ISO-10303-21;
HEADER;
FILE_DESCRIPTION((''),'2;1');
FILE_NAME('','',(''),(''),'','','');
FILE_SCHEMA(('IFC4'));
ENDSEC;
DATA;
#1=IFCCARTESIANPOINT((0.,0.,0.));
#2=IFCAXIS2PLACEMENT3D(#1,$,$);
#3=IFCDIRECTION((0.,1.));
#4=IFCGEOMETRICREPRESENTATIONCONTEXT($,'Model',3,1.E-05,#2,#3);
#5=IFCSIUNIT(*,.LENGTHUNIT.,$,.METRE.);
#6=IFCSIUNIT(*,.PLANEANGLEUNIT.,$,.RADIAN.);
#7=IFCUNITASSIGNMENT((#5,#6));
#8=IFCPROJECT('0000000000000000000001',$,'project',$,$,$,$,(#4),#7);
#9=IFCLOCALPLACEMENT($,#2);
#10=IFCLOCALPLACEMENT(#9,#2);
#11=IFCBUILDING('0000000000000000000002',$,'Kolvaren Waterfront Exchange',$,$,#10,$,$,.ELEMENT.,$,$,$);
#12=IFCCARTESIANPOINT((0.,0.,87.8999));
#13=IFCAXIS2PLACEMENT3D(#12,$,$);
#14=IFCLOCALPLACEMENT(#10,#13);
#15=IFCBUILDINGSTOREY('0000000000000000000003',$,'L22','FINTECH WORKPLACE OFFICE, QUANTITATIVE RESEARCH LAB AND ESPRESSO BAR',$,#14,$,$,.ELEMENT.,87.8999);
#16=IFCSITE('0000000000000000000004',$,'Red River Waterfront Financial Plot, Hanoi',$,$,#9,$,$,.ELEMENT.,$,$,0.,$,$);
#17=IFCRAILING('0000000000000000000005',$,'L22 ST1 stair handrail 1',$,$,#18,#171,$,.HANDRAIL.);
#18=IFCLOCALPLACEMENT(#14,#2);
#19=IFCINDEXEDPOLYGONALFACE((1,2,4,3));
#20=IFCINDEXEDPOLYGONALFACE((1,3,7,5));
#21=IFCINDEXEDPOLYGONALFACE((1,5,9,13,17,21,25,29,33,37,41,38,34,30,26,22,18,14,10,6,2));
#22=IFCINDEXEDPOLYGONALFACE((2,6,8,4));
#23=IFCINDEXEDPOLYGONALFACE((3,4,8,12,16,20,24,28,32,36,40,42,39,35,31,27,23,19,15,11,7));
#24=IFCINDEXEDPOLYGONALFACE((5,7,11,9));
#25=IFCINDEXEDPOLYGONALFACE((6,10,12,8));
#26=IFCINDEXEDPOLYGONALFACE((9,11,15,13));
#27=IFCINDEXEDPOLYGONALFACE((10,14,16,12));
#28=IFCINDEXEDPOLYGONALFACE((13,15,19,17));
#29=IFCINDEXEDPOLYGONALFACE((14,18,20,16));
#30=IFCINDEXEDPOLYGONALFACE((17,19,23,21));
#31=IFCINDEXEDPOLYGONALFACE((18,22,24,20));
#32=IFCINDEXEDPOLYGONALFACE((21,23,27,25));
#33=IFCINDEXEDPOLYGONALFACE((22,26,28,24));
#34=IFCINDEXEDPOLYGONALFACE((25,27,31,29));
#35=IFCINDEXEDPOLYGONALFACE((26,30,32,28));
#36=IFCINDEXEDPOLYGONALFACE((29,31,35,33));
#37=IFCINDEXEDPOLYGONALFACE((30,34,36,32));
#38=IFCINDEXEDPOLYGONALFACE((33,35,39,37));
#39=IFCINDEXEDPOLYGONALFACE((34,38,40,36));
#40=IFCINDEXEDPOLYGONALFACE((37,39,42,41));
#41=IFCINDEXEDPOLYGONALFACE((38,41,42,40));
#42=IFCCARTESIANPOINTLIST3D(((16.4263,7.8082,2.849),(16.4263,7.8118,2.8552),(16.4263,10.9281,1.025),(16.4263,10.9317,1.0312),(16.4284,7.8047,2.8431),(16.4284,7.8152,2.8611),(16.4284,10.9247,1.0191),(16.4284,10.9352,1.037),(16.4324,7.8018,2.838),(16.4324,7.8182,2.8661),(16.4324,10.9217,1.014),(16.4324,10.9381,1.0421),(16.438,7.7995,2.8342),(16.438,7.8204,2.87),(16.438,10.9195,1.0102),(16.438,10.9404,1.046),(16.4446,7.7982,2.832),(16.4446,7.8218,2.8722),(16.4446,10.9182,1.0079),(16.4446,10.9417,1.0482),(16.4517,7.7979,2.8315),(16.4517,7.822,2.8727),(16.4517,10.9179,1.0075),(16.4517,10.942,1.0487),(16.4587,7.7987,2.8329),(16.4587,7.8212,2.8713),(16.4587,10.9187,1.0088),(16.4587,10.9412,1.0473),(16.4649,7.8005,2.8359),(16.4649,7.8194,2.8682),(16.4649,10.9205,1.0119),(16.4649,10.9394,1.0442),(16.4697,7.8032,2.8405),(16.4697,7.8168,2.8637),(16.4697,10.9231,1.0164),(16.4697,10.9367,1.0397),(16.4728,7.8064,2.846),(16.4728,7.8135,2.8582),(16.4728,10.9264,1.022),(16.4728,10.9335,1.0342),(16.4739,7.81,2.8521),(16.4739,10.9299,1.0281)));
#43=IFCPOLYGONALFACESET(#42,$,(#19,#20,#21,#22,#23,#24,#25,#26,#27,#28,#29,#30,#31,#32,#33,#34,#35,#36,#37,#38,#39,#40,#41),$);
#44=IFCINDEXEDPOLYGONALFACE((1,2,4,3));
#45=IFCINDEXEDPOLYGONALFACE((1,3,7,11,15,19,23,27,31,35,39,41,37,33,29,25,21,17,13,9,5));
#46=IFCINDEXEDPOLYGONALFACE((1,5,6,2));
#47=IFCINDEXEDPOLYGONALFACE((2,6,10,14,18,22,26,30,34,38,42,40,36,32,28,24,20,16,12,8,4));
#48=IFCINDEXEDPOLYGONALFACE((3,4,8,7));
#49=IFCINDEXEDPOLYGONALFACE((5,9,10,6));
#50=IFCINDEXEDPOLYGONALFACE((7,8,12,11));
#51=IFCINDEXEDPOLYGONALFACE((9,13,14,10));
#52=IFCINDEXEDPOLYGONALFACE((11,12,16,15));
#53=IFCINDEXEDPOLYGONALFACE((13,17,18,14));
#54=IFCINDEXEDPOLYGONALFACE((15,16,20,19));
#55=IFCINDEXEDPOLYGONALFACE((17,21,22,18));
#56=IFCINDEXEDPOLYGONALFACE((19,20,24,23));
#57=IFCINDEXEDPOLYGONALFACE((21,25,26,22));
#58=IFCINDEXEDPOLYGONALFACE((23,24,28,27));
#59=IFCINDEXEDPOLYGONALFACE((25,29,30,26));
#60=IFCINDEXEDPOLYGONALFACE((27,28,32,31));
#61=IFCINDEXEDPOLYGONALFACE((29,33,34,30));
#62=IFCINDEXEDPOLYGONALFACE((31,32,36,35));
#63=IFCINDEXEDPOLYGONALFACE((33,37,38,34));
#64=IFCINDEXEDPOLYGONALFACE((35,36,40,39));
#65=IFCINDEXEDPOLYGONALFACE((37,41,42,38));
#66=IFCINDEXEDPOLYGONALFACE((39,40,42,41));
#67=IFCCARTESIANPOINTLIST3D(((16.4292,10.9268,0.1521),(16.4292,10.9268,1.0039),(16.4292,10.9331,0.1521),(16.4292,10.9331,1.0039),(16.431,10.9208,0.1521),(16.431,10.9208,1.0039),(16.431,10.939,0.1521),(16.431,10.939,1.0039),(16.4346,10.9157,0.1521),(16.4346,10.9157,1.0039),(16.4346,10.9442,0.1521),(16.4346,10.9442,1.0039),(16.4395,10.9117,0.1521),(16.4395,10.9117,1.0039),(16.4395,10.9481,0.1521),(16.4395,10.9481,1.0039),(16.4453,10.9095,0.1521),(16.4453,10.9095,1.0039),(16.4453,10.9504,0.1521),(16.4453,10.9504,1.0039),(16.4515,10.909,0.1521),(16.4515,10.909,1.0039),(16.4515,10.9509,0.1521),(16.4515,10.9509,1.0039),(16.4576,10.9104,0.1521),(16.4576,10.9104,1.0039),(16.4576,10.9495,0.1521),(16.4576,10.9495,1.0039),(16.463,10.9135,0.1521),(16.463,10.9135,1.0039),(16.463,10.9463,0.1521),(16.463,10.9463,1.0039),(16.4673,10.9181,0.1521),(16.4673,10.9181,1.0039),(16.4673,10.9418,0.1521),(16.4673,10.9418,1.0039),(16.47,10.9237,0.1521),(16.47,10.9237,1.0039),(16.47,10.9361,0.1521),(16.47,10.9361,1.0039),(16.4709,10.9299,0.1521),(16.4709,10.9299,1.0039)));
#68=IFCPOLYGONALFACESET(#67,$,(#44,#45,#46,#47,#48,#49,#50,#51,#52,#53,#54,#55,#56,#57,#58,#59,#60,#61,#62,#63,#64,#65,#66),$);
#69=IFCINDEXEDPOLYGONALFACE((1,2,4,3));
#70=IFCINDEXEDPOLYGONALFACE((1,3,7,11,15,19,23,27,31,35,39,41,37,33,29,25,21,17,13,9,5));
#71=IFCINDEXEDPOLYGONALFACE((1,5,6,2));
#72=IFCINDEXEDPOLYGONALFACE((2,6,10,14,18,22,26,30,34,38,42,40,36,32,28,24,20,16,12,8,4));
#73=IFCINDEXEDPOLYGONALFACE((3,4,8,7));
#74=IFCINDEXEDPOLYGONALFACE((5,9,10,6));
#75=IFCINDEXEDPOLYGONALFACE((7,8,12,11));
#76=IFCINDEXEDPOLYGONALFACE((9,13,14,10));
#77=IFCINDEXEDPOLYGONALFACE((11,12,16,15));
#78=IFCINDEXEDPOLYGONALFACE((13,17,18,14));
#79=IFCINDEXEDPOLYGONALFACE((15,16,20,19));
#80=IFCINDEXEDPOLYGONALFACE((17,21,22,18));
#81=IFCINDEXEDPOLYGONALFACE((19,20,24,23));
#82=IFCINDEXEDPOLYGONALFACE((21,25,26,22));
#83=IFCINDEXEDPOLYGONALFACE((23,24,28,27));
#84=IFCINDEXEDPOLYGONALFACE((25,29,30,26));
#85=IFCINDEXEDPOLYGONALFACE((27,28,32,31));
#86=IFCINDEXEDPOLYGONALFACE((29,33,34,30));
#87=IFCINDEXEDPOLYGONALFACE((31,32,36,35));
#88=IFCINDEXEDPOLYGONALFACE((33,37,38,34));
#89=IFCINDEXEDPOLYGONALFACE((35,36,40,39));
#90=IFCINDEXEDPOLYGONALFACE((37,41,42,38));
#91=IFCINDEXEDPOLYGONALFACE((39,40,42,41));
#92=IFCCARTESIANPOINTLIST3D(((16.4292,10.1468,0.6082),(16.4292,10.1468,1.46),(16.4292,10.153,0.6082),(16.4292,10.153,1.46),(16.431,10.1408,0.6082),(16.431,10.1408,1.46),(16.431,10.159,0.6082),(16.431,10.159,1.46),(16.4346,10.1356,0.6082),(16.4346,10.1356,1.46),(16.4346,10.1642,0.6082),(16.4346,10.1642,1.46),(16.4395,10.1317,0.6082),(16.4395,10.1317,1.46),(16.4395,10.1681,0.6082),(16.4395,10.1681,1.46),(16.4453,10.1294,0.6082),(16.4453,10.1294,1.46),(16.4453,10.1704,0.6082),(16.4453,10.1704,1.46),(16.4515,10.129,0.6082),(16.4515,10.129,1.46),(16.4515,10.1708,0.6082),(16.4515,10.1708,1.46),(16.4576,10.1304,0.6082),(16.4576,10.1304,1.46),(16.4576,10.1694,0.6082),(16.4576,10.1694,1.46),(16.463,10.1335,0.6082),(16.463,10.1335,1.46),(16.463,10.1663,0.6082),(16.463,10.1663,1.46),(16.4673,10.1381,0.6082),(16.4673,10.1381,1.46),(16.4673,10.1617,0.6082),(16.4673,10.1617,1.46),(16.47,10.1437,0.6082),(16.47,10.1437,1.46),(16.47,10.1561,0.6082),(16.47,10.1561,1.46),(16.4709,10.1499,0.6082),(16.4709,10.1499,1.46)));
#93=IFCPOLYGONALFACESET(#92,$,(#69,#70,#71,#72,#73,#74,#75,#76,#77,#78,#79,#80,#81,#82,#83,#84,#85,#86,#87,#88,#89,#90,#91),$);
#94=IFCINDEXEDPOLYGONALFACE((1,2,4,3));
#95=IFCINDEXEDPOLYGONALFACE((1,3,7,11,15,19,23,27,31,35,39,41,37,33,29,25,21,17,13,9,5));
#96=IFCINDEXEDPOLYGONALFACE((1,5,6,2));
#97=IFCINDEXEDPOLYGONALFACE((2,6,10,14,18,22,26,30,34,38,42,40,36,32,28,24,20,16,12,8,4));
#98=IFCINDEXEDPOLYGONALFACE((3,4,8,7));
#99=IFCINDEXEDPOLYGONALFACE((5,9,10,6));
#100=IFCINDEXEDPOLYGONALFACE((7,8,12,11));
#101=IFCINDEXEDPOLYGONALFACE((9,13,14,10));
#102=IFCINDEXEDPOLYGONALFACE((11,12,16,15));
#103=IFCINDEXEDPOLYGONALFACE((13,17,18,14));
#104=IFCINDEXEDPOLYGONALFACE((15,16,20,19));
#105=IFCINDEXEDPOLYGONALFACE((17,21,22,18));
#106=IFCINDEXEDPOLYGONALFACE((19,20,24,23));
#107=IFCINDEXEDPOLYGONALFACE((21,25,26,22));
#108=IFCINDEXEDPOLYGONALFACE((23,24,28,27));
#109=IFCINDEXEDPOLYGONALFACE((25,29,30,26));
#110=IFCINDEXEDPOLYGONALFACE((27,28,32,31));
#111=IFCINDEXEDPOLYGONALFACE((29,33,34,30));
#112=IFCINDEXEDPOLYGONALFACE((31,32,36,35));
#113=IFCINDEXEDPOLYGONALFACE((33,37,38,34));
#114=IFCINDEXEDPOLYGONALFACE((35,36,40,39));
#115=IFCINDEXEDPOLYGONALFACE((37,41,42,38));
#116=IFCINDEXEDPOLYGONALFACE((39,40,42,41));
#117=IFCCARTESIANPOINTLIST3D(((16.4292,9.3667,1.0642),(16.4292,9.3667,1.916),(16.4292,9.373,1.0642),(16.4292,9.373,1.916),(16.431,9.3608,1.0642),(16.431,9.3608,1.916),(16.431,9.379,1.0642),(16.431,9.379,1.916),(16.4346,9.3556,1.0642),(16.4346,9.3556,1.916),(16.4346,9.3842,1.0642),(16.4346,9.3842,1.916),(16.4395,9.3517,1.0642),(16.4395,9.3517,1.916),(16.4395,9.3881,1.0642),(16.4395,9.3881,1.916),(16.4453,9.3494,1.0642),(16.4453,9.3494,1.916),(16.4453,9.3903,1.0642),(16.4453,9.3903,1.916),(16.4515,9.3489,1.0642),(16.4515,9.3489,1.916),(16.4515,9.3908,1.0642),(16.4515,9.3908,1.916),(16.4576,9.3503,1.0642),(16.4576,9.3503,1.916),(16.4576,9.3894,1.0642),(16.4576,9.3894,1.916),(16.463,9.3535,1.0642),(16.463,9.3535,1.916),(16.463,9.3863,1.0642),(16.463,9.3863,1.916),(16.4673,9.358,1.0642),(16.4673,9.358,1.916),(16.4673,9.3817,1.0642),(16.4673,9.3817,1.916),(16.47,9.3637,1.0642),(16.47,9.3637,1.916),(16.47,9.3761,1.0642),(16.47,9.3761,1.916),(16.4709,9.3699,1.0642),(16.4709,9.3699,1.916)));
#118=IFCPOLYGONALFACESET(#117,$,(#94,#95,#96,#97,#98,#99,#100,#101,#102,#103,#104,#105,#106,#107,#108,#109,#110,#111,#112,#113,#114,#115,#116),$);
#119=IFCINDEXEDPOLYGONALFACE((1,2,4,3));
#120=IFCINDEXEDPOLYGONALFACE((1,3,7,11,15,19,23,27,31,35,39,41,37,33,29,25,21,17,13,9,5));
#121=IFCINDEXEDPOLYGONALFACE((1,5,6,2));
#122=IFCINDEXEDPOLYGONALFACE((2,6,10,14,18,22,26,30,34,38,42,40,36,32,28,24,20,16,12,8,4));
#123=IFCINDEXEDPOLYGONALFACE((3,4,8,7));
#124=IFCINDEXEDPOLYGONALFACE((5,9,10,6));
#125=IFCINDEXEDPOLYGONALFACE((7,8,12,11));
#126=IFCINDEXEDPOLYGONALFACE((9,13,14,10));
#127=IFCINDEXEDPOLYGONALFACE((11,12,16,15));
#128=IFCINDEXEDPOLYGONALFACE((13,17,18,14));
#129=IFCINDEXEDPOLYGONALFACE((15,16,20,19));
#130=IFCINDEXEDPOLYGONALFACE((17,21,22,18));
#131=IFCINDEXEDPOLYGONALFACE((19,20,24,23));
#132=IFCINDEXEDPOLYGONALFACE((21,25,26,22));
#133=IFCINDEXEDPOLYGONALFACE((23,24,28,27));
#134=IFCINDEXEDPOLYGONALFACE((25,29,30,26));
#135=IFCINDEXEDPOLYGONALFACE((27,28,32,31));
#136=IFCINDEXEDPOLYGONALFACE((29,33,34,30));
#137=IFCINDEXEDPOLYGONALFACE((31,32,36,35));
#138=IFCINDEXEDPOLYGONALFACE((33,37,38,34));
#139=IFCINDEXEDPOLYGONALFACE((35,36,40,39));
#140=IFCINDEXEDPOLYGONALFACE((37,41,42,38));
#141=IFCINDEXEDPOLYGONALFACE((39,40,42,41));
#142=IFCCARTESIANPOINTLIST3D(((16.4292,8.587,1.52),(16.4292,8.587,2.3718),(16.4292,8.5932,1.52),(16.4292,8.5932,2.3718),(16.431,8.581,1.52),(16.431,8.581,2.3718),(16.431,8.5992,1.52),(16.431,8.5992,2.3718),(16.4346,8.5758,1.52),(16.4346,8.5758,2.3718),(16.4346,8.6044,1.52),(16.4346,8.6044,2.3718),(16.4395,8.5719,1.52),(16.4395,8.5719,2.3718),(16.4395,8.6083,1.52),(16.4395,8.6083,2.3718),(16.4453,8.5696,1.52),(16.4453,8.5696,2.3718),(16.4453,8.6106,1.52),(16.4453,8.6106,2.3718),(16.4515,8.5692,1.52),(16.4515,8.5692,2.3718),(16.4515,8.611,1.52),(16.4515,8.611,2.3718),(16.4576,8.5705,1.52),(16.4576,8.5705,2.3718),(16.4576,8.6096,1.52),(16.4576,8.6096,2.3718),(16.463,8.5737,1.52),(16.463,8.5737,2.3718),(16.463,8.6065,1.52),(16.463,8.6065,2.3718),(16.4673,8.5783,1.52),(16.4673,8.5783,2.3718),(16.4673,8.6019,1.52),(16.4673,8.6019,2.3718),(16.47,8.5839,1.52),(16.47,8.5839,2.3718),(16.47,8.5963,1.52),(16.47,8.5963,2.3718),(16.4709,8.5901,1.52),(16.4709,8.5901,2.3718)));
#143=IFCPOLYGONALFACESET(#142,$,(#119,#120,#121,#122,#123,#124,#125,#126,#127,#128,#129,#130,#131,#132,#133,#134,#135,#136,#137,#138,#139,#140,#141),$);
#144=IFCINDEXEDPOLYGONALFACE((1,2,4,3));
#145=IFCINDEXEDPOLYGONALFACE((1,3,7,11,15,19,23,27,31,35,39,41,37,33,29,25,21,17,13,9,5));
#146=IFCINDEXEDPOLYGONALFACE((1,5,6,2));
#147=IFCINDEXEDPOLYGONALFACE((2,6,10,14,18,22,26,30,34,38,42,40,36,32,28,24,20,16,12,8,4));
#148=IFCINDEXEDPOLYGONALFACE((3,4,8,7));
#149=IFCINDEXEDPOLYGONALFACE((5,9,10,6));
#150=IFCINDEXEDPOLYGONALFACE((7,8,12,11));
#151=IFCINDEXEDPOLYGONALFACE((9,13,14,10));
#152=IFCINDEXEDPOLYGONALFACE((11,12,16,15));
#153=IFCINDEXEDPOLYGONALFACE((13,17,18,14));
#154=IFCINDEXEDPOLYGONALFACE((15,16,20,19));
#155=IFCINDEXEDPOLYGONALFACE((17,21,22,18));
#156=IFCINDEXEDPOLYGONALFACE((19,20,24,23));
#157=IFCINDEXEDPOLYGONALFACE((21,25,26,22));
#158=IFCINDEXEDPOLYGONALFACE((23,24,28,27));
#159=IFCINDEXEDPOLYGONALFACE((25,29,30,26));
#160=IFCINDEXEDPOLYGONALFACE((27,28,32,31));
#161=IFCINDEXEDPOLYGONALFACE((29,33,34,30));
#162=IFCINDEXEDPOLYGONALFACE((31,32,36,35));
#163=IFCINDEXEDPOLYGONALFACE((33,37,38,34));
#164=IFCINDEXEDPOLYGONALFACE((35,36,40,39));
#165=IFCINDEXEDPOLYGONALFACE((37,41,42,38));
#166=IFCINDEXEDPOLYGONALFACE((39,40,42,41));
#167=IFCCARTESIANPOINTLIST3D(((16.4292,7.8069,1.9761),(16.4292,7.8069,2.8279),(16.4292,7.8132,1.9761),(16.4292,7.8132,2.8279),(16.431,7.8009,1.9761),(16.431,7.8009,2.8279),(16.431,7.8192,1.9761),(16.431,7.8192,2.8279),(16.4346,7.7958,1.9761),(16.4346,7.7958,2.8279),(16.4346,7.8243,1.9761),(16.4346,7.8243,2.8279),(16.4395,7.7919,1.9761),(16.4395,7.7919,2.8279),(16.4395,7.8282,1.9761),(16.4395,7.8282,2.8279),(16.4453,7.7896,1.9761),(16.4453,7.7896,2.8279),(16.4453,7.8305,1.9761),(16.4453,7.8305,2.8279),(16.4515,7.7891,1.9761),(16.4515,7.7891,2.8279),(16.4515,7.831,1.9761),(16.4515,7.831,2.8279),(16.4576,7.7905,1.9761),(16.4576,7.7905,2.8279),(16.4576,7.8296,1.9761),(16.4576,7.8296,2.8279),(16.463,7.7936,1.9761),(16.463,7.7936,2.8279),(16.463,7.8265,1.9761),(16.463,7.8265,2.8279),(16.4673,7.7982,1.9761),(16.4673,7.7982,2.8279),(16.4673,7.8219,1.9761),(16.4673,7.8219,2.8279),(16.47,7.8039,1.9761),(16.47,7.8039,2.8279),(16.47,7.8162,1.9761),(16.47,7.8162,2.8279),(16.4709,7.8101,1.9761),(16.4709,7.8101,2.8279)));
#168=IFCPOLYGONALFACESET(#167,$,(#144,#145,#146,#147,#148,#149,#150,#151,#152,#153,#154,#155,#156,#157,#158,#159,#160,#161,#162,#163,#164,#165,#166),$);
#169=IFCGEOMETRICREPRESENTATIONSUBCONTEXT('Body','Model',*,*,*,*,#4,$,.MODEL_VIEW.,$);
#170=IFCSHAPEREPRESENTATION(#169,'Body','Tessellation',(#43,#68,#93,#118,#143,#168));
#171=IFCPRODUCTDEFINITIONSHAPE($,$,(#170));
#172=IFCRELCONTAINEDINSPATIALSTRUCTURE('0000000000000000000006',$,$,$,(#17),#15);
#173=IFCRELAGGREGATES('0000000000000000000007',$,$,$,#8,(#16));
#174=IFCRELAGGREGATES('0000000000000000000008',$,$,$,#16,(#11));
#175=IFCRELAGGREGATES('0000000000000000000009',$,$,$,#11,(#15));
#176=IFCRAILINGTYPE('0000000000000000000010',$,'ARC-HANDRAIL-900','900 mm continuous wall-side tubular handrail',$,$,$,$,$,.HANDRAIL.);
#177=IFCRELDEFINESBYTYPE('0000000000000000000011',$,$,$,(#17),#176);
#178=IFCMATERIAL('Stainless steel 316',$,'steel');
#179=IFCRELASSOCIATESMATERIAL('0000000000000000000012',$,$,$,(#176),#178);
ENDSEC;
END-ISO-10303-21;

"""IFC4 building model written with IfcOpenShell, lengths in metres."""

from ifc_helpers import new_model, si_unit, direction, frame, origin, origin_2d, place, context, subcontext, project, spatial, circle, extrude, material, type_object, element, save


model = new_model("IFC4")

# Units and contexts
model_context = context("Model", 3, precision=1e-05, world=origin(), true_north=direction((0.0, 1.0)))
body_context = subcontext(model_context, "Body", "Model", "MODEL_VIEW")
ifc_project = project(units=[si_unit("LENGTHUNIT", "METRE"), si_unit("PLANEANGLEUNIT", "RADIAN")], contexts=[model_context])

# Site, building, storey
site_placement = place(None, origin())
site = spatial("IfcSite", under=ifc_project, at=site_placement, Name="Red River Waterfront Financial Plot, Hanoi", CompositionType="ELEMENT", RefElevation=0.0)
building_placement = place(site_placement, origin())
building = spatial("IfcBuilding", under=site, at=building_placement, Name="Kolvaren Waterfront Exchange", CompositionType="ELEMENT")
storey_placement = place(building_placement, frame((0.0, 0.0, 87.8999)))
storey = spatial("IfcBuildingStorey", under=building, at=storey_placement, Name="L22", Description="FINTECH WORKPLACE OFFICE, QUANTITATIVE RESEARCH LAB AND ESPRESSO BAR", CompositionType="ELEMENT", Elevation=87.8999)

# Railing
ifc_material_1 = material(Name="Stainless steel 316", Category="steel")
railing_type = type_object("IfcRailingType", Name="ARC-HANDRAIL-900", Description="900 mm continuous wall-side tubular handrail", PredefinedType="HANDRAIL", material=ifc_material_1)
railing_placement = place(storey_placement, frame((16.45, 10.9299, 0.1521)))
element("IfcRailing", 1, at=railing_placement, inside=storey, type_object=railing_type, Name="L22 ST1 stair handrail 1", PredefinedType="HANDRAIL", context=body_context, shape_type="SweptSolid", body=[
    extrude(circle(Radius=0.0239, at=origin_2d()), frame((0.0, 0.0, 0.876), z_axis=(0.0, -0.863291, 0.504707), x_axis=(1.0, 0.0, 0.0)), (0.0, 0.0, 1.0), 3.614),
    extrude(circle(Radius=0.021, at=origin_2d()), origin(), (0.0, 0.0, 1.0), 0.8518),
    extrude(circle(Radius=0.021, at=origin_2d()), frame((0.0, -0.78, 0.4561)), (0.0, 0.0, 1.0), 0.8518),
    extrude(circle(Radius=0.021, at=origin_2d()), frame((0.0, -1.5601, 0.9121)), (0.0, 0.0, 1.0), 0.8518),
    extrude(circle(Radius=0.021, at=origin_2d()), frame((0.0, -2.3398, 1.3679)), (0.0, 0.0, 1.0), 0.8518),
    extrude(circle(Radius=0.021, at=origin_2d()), frame((0.0, -3.1199, 1.824)), (0.0, 0.0, 1.0), 0.8518),
])

save(model, "model.ifc")
